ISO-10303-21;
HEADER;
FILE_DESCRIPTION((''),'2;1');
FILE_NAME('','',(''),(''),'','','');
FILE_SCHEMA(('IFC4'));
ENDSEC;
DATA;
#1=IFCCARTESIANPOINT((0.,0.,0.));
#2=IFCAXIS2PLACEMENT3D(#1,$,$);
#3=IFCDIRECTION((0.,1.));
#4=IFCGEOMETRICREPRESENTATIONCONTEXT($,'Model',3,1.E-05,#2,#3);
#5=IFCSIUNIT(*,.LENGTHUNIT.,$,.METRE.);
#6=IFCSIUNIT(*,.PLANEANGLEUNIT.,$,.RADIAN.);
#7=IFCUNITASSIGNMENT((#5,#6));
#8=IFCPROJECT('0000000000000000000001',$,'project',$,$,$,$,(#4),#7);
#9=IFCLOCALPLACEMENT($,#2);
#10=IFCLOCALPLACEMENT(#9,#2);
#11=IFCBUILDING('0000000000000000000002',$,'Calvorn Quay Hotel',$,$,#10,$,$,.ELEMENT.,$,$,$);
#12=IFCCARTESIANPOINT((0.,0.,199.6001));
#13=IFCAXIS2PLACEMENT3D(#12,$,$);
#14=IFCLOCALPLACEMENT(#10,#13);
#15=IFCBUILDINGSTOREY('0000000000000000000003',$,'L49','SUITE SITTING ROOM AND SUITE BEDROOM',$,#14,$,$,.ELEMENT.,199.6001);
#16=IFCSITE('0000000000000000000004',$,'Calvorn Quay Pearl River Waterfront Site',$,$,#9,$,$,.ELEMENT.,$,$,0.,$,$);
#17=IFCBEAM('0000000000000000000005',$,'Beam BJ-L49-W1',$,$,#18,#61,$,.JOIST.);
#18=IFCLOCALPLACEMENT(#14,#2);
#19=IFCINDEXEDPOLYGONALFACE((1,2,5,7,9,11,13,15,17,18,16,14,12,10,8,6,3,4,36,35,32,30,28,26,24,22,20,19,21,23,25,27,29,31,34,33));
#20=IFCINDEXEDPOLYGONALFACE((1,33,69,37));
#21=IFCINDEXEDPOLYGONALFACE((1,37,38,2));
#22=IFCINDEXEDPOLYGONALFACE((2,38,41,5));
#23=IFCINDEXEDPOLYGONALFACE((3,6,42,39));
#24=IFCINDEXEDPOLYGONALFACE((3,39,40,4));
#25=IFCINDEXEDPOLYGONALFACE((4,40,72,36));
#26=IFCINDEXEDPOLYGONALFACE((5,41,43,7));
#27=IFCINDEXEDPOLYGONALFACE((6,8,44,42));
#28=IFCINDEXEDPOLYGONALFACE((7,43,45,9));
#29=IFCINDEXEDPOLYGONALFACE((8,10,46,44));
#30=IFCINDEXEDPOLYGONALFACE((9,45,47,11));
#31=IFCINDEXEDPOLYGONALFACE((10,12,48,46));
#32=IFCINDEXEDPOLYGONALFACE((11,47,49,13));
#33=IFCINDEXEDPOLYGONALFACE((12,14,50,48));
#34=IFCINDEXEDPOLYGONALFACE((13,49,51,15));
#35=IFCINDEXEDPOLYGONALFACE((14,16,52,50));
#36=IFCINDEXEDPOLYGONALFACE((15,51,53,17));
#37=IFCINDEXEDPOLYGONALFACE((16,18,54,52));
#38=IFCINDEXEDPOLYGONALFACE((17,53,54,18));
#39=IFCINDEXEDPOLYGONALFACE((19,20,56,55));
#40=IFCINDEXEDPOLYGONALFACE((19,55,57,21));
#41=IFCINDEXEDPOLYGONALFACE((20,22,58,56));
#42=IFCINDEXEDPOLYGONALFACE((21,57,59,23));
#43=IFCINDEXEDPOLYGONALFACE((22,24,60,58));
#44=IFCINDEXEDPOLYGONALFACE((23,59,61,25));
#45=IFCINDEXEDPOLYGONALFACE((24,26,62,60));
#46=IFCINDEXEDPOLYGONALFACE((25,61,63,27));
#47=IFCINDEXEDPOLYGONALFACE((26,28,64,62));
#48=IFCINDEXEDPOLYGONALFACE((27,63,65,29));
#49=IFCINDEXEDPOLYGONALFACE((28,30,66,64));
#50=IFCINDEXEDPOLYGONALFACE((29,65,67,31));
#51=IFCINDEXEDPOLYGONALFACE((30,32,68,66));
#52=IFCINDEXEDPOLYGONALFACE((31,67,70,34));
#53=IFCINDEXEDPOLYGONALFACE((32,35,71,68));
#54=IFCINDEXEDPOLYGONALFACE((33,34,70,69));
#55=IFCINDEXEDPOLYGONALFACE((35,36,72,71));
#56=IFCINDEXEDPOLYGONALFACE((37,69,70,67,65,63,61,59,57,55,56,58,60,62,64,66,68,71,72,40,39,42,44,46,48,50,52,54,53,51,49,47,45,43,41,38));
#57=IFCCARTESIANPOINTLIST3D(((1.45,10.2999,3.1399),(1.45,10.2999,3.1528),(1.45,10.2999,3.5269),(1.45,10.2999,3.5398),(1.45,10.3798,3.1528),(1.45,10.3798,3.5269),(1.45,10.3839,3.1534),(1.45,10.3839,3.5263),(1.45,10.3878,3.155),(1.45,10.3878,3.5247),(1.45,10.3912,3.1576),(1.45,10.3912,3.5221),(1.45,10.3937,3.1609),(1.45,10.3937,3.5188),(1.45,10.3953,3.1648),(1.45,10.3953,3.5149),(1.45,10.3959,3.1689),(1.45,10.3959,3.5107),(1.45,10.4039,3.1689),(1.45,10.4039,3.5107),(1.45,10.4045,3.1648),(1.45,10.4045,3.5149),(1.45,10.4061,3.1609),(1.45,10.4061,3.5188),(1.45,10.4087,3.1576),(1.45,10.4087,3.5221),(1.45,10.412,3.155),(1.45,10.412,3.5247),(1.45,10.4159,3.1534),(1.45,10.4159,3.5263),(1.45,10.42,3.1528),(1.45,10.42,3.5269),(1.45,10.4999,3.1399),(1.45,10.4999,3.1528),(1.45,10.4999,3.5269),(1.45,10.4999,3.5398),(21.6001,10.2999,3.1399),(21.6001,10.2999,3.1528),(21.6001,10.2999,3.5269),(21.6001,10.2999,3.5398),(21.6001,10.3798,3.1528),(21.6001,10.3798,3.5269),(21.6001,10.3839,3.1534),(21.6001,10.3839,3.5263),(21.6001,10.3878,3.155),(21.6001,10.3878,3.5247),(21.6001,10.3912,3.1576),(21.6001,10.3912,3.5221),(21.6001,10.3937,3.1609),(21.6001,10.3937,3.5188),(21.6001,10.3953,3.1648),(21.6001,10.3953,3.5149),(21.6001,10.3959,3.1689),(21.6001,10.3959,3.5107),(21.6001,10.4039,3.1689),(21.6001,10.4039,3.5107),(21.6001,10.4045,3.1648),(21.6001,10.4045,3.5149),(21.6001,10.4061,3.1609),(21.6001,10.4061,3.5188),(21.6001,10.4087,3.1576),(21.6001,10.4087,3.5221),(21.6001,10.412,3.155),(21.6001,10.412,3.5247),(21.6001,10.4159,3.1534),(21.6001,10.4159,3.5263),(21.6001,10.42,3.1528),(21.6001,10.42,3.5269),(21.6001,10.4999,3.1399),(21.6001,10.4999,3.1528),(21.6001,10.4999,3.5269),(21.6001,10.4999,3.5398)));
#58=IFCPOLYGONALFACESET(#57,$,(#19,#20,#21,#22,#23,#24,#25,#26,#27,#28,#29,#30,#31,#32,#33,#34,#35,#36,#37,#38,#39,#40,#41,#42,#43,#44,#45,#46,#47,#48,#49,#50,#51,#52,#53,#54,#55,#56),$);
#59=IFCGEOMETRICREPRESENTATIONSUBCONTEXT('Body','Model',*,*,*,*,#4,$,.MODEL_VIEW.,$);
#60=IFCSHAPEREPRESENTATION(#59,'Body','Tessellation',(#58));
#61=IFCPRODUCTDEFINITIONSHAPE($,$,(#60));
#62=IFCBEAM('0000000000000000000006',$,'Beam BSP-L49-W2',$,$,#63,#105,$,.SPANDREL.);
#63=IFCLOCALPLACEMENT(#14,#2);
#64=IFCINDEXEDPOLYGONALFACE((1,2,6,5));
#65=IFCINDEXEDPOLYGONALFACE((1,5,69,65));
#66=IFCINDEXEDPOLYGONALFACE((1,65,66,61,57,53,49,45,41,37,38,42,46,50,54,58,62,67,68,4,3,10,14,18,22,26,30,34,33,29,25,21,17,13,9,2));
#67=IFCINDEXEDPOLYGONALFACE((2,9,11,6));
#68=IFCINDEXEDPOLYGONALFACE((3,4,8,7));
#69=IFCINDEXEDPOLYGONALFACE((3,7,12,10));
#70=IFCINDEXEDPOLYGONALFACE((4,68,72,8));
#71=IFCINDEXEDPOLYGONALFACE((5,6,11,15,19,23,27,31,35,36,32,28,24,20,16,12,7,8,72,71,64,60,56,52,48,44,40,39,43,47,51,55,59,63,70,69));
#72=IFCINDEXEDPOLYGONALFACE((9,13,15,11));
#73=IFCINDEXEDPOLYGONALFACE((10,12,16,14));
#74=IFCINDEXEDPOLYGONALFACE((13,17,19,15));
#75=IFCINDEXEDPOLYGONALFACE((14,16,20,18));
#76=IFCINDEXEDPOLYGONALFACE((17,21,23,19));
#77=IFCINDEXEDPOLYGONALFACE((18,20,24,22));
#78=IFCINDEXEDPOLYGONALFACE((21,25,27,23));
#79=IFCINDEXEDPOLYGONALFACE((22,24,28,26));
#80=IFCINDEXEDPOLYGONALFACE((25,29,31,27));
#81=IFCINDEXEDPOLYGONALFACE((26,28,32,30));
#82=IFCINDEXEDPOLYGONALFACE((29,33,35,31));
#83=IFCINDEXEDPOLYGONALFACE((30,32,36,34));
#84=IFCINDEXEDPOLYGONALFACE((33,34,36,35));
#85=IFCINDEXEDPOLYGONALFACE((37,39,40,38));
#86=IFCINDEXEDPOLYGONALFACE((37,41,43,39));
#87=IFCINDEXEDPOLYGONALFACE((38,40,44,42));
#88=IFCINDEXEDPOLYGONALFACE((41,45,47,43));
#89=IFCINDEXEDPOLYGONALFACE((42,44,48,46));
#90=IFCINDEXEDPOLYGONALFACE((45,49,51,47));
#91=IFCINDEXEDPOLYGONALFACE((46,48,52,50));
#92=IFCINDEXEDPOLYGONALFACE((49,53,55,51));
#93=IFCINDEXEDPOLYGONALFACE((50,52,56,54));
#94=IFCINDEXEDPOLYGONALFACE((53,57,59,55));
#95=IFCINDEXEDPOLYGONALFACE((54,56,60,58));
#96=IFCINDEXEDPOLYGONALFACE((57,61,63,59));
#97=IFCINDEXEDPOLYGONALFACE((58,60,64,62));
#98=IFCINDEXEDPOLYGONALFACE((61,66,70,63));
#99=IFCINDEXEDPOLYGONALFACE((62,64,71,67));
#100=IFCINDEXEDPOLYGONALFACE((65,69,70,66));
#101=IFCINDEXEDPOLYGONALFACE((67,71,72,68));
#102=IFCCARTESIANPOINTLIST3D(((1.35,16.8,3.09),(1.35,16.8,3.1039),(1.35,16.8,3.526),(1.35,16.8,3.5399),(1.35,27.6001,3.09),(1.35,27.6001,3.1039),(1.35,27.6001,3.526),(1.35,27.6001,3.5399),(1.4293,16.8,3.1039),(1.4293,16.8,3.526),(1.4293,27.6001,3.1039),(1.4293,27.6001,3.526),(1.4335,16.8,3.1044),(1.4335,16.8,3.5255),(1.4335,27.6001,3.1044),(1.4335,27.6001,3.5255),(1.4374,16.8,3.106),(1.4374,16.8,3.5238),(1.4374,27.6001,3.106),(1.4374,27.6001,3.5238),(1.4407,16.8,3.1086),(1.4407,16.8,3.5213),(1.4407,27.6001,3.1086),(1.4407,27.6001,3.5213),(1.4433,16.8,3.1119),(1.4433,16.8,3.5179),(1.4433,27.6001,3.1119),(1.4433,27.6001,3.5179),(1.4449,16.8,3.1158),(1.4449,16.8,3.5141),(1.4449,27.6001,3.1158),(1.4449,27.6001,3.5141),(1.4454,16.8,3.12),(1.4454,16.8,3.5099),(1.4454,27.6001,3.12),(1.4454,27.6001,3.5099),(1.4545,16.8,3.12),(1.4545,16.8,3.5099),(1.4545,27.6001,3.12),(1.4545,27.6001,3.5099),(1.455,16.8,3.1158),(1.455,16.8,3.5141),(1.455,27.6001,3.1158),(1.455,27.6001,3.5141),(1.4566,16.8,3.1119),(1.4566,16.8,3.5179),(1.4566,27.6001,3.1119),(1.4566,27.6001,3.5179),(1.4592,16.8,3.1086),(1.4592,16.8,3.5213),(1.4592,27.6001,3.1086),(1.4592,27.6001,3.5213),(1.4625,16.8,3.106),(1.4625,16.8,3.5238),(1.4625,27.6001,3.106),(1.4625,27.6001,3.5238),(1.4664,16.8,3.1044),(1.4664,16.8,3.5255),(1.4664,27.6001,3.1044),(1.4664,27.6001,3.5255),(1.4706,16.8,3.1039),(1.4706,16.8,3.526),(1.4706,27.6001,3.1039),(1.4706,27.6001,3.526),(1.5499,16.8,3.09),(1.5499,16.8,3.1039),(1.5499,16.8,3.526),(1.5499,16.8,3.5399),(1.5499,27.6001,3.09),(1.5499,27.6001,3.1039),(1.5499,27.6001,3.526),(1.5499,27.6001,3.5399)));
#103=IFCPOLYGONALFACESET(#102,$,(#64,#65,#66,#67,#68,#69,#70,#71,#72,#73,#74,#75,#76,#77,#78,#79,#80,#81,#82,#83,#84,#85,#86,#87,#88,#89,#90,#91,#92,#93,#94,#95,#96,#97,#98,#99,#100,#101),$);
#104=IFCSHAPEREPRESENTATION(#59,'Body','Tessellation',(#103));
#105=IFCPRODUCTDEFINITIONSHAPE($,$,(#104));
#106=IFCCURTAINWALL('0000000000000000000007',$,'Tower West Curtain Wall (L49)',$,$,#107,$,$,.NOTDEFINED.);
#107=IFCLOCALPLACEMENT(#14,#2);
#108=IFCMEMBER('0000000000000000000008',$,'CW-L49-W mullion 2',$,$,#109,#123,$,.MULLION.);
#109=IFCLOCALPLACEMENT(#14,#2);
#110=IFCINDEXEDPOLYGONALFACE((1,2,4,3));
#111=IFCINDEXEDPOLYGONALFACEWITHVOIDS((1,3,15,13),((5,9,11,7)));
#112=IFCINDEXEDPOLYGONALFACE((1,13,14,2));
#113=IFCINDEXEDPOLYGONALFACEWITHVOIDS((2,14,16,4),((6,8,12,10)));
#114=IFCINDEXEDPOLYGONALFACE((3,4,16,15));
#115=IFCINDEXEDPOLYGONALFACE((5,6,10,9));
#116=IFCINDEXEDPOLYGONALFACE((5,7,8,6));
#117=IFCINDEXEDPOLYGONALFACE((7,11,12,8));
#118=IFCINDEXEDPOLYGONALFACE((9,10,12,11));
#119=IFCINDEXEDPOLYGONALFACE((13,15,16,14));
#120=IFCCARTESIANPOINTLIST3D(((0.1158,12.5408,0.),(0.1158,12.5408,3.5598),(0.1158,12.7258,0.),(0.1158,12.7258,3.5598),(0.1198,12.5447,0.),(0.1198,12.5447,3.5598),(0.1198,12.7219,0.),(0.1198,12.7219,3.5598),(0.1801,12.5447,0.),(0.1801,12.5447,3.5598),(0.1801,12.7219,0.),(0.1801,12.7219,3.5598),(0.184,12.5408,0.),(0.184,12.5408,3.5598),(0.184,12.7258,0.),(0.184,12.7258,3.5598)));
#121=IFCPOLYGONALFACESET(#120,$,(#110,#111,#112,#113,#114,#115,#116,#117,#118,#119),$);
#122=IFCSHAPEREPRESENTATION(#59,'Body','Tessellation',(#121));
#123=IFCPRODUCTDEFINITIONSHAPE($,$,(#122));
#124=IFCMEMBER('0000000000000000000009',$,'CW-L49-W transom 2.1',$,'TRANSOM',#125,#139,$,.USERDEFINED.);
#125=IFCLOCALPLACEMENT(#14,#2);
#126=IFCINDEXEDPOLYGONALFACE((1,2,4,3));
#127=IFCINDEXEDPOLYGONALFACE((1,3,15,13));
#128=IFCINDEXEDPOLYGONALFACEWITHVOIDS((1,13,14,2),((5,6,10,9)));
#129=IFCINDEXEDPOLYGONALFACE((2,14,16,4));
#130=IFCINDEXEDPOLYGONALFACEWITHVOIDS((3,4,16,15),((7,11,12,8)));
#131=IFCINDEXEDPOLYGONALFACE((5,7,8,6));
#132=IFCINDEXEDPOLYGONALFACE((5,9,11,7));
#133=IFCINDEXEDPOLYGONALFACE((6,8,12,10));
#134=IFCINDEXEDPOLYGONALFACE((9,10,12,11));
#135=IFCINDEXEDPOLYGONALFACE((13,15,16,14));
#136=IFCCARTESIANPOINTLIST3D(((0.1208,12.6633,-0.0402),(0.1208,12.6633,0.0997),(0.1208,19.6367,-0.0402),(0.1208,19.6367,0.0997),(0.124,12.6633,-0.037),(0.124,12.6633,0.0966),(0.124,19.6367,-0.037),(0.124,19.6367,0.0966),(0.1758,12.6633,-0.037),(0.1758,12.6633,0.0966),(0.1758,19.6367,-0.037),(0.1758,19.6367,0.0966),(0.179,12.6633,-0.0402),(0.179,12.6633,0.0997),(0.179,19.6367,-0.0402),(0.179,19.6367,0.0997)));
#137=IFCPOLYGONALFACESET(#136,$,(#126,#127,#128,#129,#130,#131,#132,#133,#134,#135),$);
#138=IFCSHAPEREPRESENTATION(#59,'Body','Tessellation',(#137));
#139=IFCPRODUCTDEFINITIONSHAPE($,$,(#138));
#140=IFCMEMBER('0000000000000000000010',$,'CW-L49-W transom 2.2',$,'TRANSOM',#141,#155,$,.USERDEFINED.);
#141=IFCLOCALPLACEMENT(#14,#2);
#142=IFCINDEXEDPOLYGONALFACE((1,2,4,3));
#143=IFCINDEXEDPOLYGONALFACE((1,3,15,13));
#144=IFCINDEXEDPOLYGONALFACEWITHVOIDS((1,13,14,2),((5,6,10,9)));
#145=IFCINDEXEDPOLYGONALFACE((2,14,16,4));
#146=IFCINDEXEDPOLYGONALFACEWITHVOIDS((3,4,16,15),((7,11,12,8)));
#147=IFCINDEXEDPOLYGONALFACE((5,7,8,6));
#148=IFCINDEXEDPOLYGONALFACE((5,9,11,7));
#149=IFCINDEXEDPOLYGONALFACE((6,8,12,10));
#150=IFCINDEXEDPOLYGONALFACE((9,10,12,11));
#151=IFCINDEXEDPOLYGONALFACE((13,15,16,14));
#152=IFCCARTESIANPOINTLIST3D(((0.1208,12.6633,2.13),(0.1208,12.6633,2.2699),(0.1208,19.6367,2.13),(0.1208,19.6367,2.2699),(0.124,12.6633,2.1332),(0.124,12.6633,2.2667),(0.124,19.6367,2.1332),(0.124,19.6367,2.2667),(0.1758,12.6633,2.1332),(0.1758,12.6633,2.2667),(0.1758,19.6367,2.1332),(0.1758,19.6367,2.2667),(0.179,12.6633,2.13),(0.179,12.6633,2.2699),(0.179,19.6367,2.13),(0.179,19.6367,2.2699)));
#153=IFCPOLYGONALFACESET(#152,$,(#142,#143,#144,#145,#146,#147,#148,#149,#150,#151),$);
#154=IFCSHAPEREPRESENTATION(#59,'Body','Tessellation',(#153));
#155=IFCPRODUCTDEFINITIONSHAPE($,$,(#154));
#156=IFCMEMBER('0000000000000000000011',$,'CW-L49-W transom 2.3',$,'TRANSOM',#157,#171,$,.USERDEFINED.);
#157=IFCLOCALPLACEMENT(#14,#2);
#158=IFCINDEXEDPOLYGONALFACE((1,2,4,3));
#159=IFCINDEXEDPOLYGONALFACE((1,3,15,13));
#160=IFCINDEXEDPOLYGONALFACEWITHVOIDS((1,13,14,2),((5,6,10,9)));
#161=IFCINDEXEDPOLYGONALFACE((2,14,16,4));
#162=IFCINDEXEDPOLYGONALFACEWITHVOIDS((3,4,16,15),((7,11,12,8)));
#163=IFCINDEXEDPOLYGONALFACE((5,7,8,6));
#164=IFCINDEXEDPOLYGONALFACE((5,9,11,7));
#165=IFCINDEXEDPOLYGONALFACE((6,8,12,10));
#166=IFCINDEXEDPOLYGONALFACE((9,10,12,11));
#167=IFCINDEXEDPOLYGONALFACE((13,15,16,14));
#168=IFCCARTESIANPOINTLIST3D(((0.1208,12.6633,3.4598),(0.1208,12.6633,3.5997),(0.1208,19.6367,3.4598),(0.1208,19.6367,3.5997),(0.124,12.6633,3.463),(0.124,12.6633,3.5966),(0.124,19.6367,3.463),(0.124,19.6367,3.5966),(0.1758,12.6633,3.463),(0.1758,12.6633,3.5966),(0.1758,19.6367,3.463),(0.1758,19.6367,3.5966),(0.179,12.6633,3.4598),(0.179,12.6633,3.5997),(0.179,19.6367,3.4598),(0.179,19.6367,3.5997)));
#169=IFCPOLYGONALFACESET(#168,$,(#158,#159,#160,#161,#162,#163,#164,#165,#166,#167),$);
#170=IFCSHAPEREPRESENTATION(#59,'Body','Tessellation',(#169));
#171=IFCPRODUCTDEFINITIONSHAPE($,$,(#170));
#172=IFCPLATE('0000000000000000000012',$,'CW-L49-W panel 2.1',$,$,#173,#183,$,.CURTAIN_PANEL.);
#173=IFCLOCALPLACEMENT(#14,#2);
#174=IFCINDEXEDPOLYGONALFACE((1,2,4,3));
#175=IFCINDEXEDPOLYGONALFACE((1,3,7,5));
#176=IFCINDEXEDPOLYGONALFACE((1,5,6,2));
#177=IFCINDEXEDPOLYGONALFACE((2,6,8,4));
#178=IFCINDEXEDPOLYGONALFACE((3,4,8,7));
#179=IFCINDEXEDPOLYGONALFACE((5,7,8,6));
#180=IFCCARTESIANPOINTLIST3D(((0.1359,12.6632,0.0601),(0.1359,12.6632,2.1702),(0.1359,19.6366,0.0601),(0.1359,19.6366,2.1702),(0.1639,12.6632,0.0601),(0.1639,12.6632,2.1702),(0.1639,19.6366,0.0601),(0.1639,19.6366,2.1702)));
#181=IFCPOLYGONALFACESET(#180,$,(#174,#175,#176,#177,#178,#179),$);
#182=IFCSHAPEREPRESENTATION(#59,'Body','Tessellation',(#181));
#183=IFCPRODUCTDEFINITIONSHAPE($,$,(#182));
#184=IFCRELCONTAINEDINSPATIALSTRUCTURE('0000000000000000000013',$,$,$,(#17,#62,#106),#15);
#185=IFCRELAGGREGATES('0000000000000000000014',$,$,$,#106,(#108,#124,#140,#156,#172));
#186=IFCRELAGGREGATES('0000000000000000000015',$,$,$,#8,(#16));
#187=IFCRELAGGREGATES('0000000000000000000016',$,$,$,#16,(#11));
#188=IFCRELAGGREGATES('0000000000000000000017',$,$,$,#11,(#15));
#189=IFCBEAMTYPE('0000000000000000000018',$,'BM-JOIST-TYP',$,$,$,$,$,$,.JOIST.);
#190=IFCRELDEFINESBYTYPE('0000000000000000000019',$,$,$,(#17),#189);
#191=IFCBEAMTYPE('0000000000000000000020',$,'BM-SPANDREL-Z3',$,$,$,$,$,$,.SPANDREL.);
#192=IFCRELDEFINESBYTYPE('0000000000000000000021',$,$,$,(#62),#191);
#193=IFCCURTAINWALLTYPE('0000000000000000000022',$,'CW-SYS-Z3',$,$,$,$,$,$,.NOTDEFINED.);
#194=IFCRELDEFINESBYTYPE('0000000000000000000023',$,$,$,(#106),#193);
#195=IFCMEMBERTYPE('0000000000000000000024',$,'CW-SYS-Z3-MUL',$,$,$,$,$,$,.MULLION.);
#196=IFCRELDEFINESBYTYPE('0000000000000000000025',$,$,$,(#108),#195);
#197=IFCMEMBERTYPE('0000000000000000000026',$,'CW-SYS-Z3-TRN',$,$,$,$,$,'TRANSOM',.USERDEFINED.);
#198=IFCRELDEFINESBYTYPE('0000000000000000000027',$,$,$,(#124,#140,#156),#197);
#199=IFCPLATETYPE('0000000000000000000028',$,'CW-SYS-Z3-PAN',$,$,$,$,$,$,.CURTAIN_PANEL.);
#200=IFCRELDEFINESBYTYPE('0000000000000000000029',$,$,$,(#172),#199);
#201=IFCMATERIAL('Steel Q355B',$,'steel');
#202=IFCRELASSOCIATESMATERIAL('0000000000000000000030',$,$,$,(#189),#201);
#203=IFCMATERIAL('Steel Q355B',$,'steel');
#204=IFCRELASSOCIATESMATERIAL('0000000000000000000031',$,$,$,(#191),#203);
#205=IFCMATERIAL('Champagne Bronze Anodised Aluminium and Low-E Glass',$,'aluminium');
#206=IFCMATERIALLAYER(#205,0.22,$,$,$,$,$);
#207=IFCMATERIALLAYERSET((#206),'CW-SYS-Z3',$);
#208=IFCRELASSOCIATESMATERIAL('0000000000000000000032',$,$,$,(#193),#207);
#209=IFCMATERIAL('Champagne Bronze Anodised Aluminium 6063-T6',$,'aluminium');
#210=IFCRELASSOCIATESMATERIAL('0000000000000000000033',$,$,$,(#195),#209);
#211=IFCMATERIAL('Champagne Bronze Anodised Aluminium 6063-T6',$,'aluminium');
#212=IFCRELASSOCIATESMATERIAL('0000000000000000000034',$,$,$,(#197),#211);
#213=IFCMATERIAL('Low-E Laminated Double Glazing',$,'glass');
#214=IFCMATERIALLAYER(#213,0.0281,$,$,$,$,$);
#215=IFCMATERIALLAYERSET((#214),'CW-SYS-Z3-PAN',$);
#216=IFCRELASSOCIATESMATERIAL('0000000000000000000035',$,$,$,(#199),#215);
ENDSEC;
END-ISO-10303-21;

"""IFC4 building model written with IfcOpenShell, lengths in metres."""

from ifc_helpers import new_model, si_unit, direction, frame, origin, origin_2d, place, context, subcontext, project, spatial, rectangle, hollow_rectangle, i_section, extrude, material, layer, layer_set, material_profile, profile_set, type_object, element, aggregate, save


model = new_model("IFC4")

# Units and contexts
model_context = context("Model", 3, precision=1e-05, world=origin(), true_north=direction((0.0, 1.0)))
body_context = subcontext(model_context, "Body", "Model", "MODEL_VIEW")
ifc_project = project(units=[si_unit("LENGTHUNIT", "METRE"), si_unit("PLANEANGLEUNIT", "RADIAN")], contexts=[model_context])

# Site, building, storey
site_placement = place(None, origin())
site = spatial("IfcSite", under=ifc_project, at=site_placement, Name="Calvorn Quay Pearl River Waterfront Site", CompositionType="ELEMENT", RefElevation=0.0)
building_placement = place(site_placement, origin())
building = spatial("IfcBuilding", under=site, at=building_placement, Name="Calvorn Quay Hotel", CompositionType="ELEMENT")
storey_placement = place(building_placement, frame((0.0, 0.0, 199.6001)))
storey = spatial("IfcBuildingStorey", under=building, at=storey_placement, Name="L49", Description="SUITE SITTING ROOM AND SUITE BEDROOM", CompositionType="ELEMENT", Elevation=199.6001)

# Beams
ifc_material_1 = material(Name="Steel Q355B", Category="steel")
ifc_material_profile_1 = material_profile(ifc_material_1, i_section(OverallWidth=0.2, OverallDepth=0.3999, WebThickness=0.0081, FlangeThickness=0.0129, FilletRadius=0.0161, at=origin_2d()), Name="HN400x200x8x13")
ifc_profile_set_1 = profile_set([ifc_material_profile_1], Name="Steel Q355B")
beam_type_1 = type_object("IfcBeamType", Name="BM-JOIST-TYP", PredefinedType="JOIST", material=ifc_profile_set_1)
beam_1_placement = place(storey_placement, frame((1.45, 10.3999, 3.3398), z_axis=(1.0, 0.0, 0.0), x_axis=(0.0, 1.0, 0.0)))
element("IfcBeam", 1, at=beam_1_placement, inside=storey, type_object=beam_type_1, Name="Beam BJ-L49-W1", PredefinedType="JOIST", context=body_context, shape_type="SweptSolid", body=[
    extrude(i_section(OverallWidth=0.2, OverallDepth=0.3999, WebThickness=0.0081, FlangeThickness=0.0129, FilletRadius=0.0161, at=origin_2d()), origin(), (0.0, 0.0, 1.0), 20.1501),
])
ifc_material_2 = material(Name="Steel Q355B", Category="steel")
ifc_material_profile_2 = material_profile(ifc_material_2, i_section(OverallWidth=0.2, OverallDepth=0.45, WebThickness=0.009, FlangeThickness=0.0139, FilletRadius=0.0161, at=origin_2d()), Name="HN450x200x9x14")
ifc_profile_set_2 = profile_set([ifc_material_profile_2], Name="Steel Q355B")
beam_type_2 = type_object("IfcBeamType", Name="BM-SPANDREL-Z3", PredefinedType="SPANDREL", material=ifc_profile_set_2)
beam_2_placement = place(storey_placement, frame((1.45, 16.8, 3.3149), z_axis=(0.0, 1.0, 0.0), x_axis=(-1.0, 0.0, 0.0)))
element("IfcBeam", 2, at=beam_2_placement, inside=storey, type_object=beam_type_2, Name="Beam BSP-L49-W2", PredefinedType="SPANDREL", context=body_context, shape_type="SweptSolid", body=[
    extrude(i_section(OverallWidth=0.2, OverallDepth=0.45, WebThickness=0.009, FlangeThickness=0.0139, FilletRadius=0.0161, at=origin_2d()), origin(), (0.0, 0.0, 1.0), 10.8),
])

# Curtain wall, members, plate
ifc_material_3 = material(Name="Champagne Bronze Anodised Aluminium and Low-E Glass", Category="aluminium")
ifc_layer_1 = layer(ifc_material_3, 0.22)
ifc_layer_set_1 = layer_set([ifc_layer_1], Name="CW-SYS-Z3")
curtain_wall_type = type_object("IfcCurtainWallType", Name="CW-SYS-Z3", PredefinedType="NOTDEFINED", material=ifc_layer_set_1)
curtain_wall_placement = place(storey_placement, origin())
curtain_wall = element("IfcCurtainWall", 3, at=curtain_wall_placement, inside=storey, type_object=curtain_wall_type, Name="Tower West Curtain Wall (L49)", PredefinedType="NOTDEFINED")
ifc_material_4 = material(Name="Champagne Bronze Anodised Aluminium 6063-T6", Category="aluminium")
ifc_material_profile_3 = material_profile(ifc_material_4, hollow_rectangle(XDim=0.0681, YDim=0.1851, WallThickness=0.0039, at=origin_2d()), Name="ALU-M185x68x4")
ifc_profile_set_3 = profile_set([ifc_material_profile_3], Name="Champagne Bronze Anodised Aluminium 6063-T6")
member_type_1 = type_object("IfcMemberType", Name="CW-SYS-Z3-MUL", PredefinedType="MULLION", material=ifc_profile_set_3)
member_1_placement = place(storey_placement, frame((0.1499, 12.6333, 0.0), z_axis=(0.0, 0.0, 1.0), x_axis=(-1.0, 0.0, 0.0)))
member_1 = element("IfcMember", 4, at=member_1_placement, type_object=member_type_1, Name="CW-L49-W mullion 2", PredefinedType="MULLION", context=body_context, shape_type="SweptSolid", body=[
    extrude(hollow_rectangle(XDim=0.0681, YDim=0.1851, WallThickness=0.0039, at=origin_2d()), origin(), (0.0, 0.0, 1.0), 3.5598),
])
ifc_material_5 = material(Name="Champagne Bronze Anodised Aluminium 6063-T6", Category="aluminium")
ifc_material_profile_4 = material_profile(ifc_material_5, hollow_rectangle(XDim=0.0581, YDim=0.1399, WallThickness=0.0032, at=origin_2d()), Name="ALU-T140x58x3.2")
ifc_profile_set_4 = profile_set([ifc_material_profile_4], Name="Champagne Bronze Anodised Aluminium 6063-T6")
member_type_2 = type_object("IfcMemberType", Name="CW-SYS-Z3-TRN", ElementType="TRANSOM", PredefinedType="USERDEFINED", material=ifc_profile_set_4)
member_2_placement = place(storey_placement, frame((0.1499, 12.6633, 0.0298), z_axis=(0.0, 1.0, 0.0), x_axis=(-1.0, 0.0, 0.0)))
member_2 = element("IfcMember", 5, at=member_2_placement, type_object=member_type_2, Name="CW-L49-W transom 2.1", ObjectType="TRANSOM", PredefinedType="USERDEFINED", context=body_context, shape_type="SweptSolid", body=[
    extrude(hollow_rectangle(XDim=0.0581, YDim=0.1399, WallThickness=0.0032, at=origin_2d()), origin(), (0.0, 0.0, 1.0), 6.9734),
])
member_3_placement = place(storey_placement, frame((0.1499, 12.6633, 2.2), z_axis=(0.0, 1.0, 0.0), x_axis=(-1.0, 0.0, 0.0)))
member_3 = element("IfcMember", 6, at=member_3_placement, type_object=member_type_2, Name="CW-L49-W transom 2.2", ObjectType="TRANSOM", PredefinedType="USERDEFINED", context=body_context, shape_type="SweptSolid", body=[
    extrude(hollow_rectangle(XDim=0.0581, YDim=0.1399, WallThickness=0.0032, at=origin_2d()), origin(), (0.0, 0.0, 1.0), 6.9734),
])
member_4_placement = place(storey_placement, frame((0.1499, 12.6633, 3.5298), z_axis=(0.0, 1.0, 0.0), x_axis=(-1.0, 0.0, 0.0)))
member_4 = element("IfcMember", 7, at=member_4_placement, type_object=member_type_2, Name="CW-L49-W transom 2.3", ObjectType="TRANSOM", PredefinedType="USERDEFINED", context=body_context, shape_type="SweptSolid", body=[
    extrude(hollow_rectangle(XDim=0.0581, YDim=0.1399, WallThickness=0.0032, at=origin_2d()), origin(), (0.0, 0.0, 1.0), 6.9734),
])
ifc_material_6 = material(Name="Low-E Laminated Double Glazing", Category="glass")
ifc_layer_2 = layer(ifc_material_6, 0.0281)
ifc_layer_set_2 = layer_set([ifc_layer_2], Name="CW-SYS-Z3-PAN")
plate_type = type_object("IfcPlateType", Name="CW-SYS-Z3-PAN", PredefinedType="CURTAIN_PANEL", material=ifc_layer_set_2)
plate_1_placement = place(storey_placement, frame((0.1499, 16.1499, 0.0601), z_axis=(0.0, 0.0, 1.0), x_axis=(0.0, 1.0, 0.0)))
plate_1 = element("IfcPlate", 8, at=plate_1_placement, type_object=plate_type, Name="CW-L49-W panel 2.1", PredefinedType="CURTAIN_PANEL", context=body_context, shape_type="SweptSolid", body=[
    extrude(rectangle(XDim=6.9734, YDim=0.0281, at=origin_2d()), origin(), (0.0, 0.0, 1.0), 2.1101),
])
aggregate(curtain_wall, [member_1, member_2, member_3, member_4, plate_1])

save(model, "model.ifc")
